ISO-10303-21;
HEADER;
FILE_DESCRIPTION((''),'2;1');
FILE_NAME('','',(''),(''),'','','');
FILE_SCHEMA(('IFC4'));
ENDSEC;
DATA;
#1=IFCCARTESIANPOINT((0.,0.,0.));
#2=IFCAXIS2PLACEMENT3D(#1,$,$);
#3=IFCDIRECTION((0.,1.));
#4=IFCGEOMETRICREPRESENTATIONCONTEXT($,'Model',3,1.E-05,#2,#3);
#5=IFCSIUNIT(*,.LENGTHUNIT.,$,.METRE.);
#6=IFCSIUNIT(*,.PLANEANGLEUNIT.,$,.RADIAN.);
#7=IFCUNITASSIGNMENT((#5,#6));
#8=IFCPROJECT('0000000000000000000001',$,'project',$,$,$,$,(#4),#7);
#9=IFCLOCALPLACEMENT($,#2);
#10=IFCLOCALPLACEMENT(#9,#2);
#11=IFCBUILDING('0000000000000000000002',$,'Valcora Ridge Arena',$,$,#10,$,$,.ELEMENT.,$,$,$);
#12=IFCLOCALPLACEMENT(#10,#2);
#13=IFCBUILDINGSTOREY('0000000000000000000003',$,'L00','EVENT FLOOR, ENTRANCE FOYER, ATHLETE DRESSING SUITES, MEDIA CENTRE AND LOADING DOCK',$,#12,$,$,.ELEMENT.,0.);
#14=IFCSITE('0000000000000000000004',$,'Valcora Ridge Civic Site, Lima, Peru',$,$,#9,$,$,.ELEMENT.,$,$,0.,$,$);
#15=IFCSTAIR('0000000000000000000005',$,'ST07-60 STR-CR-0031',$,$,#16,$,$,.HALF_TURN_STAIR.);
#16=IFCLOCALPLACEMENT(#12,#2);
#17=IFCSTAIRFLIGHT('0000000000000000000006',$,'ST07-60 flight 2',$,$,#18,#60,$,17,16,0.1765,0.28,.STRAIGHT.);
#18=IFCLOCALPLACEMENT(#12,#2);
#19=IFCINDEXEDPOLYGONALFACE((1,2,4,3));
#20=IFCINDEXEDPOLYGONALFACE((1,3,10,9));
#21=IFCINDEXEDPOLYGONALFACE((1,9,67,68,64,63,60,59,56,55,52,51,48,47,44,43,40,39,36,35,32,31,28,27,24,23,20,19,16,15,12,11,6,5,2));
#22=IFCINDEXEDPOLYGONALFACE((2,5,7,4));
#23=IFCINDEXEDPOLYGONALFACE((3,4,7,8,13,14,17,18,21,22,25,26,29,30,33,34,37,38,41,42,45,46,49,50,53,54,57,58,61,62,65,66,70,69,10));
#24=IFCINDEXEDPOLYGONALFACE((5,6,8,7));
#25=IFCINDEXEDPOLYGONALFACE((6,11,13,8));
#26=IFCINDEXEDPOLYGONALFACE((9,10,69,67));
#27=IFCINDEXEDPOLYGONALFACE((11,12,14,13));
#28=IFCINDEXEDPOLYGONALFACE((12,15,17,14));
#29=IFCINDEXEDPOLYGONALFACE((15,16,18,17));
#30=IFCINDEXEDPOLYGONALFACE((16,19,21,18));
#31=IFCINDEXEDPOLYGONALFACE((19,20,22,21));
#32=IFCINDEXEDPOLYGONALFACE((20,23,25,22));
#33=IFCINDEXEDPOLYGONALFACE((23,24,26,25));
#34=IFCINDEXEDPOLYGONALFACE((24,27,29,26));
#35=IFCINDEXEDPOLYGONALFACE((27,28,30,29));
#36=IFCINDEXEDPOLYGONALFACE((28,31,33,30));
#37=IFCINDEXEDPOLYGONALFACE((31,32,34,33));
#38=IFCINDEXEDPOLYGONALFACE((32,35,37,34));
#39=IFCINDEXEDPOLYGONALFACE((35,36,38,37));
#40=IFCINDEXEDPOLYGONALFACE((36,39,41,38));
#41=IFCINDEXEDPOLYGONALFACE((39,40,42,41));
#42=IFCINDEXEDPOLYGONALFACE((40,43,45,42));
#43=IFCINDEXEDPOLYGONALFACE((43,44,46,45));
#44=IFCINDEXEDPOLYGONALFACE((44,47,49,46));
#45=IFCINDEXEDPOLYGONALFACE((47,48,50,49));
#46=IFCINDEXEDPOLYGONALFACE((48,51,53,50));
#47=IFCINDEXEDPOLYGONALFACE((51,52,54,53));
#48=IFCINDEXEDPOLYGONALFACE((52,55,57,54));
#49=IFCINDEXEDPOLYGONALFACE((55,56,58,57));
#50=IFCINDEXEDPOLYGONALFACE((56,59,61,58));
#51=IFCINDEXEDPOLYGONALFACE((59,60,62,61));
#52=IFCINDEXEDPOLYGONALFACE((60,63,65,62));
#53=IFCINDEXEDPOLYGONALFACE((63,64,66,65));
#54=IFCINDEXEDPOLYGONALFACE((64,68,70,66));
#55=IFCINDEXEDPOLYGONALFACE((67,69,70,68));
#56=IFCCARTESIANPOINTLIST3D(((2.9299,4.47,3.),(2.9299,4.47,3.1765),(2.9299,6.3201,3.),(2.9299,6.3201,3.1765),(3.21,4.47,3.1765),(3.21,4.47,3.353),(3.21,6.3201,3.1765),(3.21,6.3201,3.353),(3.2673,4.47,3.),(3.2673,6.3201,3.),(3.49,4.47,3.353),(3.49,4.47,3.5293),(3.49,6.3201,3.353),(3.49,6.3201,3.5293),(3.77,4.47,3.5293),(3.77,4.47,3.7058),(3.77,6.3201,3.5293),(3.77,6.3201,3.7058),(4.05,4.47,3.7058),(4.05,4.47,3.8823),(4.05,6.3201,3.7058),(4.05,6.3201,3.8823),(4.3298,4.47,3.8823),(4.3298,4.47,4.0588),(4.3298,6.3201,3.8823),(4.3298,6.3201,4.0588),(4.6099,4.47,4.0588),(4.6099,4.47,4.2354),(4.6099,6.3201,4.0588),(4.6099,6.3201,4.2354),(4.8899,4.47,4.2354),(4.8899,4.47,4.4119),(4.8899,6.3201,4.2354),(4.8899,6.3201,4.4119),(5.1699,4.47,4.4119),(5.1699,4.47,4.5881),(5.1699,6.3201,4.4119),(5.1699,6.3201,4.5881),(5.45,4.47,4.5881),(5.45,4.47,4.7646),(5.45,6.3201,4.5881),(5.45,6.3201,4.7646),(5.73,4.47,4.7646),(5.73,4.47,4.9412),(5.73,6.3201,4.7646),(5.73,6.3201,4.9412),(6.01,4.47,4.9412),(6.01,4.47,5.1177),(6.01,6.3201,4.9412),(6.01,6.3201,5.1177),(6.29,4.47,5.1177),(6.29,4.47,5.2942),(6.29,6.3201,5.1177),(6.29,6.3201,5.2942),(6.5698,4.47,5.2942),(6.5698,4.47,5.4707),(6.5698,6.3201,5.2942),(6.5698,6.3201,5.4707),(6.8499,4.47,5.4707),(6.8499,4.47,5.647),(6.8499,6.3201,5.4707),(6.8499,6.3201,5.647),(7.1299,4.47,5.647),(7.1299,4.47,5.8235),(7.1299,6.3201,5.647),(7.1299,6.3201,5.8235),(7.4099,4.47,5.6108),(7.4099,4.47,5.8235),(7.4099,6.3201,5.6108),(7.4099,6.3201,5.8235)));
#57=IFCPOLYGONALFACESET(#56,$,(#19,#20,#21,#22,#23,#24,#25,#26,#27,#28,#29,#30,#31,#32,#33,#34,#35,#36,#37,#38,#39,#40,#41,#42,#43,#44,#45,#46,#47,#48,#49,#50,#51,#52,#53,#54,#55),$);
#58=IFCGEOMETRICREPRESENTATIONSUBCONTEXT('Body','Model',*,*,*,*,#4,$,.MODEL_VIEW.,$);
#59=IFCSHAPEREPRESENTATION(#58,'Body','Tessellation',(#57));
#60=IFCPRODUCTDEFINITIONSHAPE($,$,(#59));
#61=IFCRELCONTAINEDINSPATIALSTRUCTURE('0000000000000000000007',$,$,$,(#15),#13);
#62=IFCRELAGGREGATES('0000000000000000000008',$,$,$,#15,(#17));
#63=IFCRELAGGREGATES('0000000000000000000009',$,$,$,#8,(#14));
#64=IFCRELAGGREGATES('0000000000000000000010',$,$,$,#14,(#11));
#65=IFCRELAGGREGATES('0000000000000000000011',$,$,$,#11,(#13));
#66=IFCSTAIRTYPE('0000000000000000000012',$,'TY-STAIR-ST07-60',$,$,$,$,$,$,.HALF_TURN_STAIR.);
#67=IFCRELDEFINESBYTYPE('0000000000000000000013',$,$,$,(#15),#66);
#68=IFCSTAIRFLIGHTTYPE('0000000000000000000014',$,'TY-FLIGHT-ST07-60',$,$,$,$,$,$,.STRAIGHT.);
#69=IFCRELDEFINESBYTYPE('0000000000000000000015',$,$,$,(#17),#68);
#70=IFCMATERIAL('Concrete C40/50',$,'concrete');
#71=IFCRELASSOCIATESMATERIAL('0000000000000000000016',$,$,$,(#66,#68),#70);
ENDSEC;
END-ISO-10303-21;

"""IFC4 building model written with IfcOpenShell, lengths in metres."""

from ifc_helpers import new_model, si_unit, direction, frame, origin, place, context, subcontext, project, spatial, polyline, outline, extrude, material, type_object, element, aggregate, save


model = new_model("IFC4")

# Units and contexts
model_context = context("Model", 3, precision=1e-05, world=origin(), true_north=direction((0.0, 1.0)))
body_context = subcontext(model_context, "Body", "Model", "MODEL_VIEW")
ifc_project = project(units=[si_unit("LENGTHUNIT", "METRE"), si_unit("PLANEANGLEUNIT", "RADIAN")], contexts=[model_context])

# Site, building, storey
site_placement = place(None, origin())
site = spatial("IfcSite", under=ifc_project, at=site_placement, Name="Valcora Ridge Civic Site, Lima, Peru", CompositionType="ELEMENT", RefElevation=0.0)
building_placement = place(site_placement, origin())
building = spatial("IfcBuilding", under=site, at=building_placement, Name="Valcora Ridge Arena", CompositionType="ELEMENT")
storey_placement = place(building_placement, origin())
storey = spatial("IfcBuildingStorey", under=building, at=storey_placement, Name="L00", Description="EVENT FLOOR, ENTRANCE FOYER, ATHLETE DRESSING SUITES, MEDIA CENTRE AND LOADING DOCK", CompositionType="ELEMENT", Elevation=0.0)

# Shared definitions
ifc_material_1 = material(Name="Concrete C40/50", Category="concrete")

# Stair, stair flight
stair_type = type_object("IfcStairType", Name="TY-STAIR-ST07-60", PredefinedType="HALF_TURN_STAIR", material=ifc_material_1)
stair_placement = place(storey_placement, origin())
stair = element("IfcStair", 1, at=stair_placement, inside=storey, type_object=stair_type, Name="ST07-60 STR-CR-0031", PredefinedType="HALF_TURN_STAIR")
stair_flight_type = type_object("IfcStairFlightType", Name="TY-FLIGHT-ST07-60", PredefinedType="STRAIGHT", material=ifc_material_1)
stair_flight_placement = place(storey_placement, frame((2.9299, 5.395, 3.0), z_axis=(0.0, 0.0, 1.0), x_axis=(1.0, 0.0, 0.0)))
stair_flight = element("IfcStairFlight", 2, at=stair_flight_placement, type_object=stair_flight_type, Name="ST07-60 flight 2", NumberOfRisers=17, NumberOfTreads=16, PredefinedType="STRAIGHT", RiserHeight=0.1765, TreadLength=0.28, context=body_context, shape_type="SweptSolid", body=[
    extrude(outline(polyline([(0.0, 0.0), (0.0, 0.1765), (0.28, 0.1765), (0.28, 0.353), (0.5601, 0.353), (0.5601, 0.5293), (0.8401, 0.5293), (0.8401, 0.7058), (1.1201, 0.7058), (1.1201, 0.8823), (1.3999, 0.8823), (1.3999, 1.0588), (1.6799, 1.0588), (1.6799, 1.2354), (1.96, 1.2354), (1.96, 1.4119), (2.24, 1.4119), (2.24, 1.5881), (2.52, 1.5881), (2.52, 1.7646), (2.8, 1.7646), (2.8, 1.9412), (3.0801, 1.9412), (3.0801, 2.1177), (3.3601, 2.1177), (3.3601, 2.2942), (3.6399, 2.2942), (3.6399, 2.4707), (3.9199, 2.4707), (3.9199, 2.647), (4.2, 2.647), (4.2, 2.8235), (4.48, 2.8235), (4.48, 3.0), (4.48, 2.6108), (0.3374, 0.0), (0.0, 0.0)])), frame((0.0, 0.925, 0.0), z_axis=(0.0, -1.0, 0.0), x_axis=(1.0, 0.0, 0.0)), (0.0, 0.0, 1.0), 1.8501),
])
aggregate(stair, [stair_flight])

save(model, "model.ifc")
